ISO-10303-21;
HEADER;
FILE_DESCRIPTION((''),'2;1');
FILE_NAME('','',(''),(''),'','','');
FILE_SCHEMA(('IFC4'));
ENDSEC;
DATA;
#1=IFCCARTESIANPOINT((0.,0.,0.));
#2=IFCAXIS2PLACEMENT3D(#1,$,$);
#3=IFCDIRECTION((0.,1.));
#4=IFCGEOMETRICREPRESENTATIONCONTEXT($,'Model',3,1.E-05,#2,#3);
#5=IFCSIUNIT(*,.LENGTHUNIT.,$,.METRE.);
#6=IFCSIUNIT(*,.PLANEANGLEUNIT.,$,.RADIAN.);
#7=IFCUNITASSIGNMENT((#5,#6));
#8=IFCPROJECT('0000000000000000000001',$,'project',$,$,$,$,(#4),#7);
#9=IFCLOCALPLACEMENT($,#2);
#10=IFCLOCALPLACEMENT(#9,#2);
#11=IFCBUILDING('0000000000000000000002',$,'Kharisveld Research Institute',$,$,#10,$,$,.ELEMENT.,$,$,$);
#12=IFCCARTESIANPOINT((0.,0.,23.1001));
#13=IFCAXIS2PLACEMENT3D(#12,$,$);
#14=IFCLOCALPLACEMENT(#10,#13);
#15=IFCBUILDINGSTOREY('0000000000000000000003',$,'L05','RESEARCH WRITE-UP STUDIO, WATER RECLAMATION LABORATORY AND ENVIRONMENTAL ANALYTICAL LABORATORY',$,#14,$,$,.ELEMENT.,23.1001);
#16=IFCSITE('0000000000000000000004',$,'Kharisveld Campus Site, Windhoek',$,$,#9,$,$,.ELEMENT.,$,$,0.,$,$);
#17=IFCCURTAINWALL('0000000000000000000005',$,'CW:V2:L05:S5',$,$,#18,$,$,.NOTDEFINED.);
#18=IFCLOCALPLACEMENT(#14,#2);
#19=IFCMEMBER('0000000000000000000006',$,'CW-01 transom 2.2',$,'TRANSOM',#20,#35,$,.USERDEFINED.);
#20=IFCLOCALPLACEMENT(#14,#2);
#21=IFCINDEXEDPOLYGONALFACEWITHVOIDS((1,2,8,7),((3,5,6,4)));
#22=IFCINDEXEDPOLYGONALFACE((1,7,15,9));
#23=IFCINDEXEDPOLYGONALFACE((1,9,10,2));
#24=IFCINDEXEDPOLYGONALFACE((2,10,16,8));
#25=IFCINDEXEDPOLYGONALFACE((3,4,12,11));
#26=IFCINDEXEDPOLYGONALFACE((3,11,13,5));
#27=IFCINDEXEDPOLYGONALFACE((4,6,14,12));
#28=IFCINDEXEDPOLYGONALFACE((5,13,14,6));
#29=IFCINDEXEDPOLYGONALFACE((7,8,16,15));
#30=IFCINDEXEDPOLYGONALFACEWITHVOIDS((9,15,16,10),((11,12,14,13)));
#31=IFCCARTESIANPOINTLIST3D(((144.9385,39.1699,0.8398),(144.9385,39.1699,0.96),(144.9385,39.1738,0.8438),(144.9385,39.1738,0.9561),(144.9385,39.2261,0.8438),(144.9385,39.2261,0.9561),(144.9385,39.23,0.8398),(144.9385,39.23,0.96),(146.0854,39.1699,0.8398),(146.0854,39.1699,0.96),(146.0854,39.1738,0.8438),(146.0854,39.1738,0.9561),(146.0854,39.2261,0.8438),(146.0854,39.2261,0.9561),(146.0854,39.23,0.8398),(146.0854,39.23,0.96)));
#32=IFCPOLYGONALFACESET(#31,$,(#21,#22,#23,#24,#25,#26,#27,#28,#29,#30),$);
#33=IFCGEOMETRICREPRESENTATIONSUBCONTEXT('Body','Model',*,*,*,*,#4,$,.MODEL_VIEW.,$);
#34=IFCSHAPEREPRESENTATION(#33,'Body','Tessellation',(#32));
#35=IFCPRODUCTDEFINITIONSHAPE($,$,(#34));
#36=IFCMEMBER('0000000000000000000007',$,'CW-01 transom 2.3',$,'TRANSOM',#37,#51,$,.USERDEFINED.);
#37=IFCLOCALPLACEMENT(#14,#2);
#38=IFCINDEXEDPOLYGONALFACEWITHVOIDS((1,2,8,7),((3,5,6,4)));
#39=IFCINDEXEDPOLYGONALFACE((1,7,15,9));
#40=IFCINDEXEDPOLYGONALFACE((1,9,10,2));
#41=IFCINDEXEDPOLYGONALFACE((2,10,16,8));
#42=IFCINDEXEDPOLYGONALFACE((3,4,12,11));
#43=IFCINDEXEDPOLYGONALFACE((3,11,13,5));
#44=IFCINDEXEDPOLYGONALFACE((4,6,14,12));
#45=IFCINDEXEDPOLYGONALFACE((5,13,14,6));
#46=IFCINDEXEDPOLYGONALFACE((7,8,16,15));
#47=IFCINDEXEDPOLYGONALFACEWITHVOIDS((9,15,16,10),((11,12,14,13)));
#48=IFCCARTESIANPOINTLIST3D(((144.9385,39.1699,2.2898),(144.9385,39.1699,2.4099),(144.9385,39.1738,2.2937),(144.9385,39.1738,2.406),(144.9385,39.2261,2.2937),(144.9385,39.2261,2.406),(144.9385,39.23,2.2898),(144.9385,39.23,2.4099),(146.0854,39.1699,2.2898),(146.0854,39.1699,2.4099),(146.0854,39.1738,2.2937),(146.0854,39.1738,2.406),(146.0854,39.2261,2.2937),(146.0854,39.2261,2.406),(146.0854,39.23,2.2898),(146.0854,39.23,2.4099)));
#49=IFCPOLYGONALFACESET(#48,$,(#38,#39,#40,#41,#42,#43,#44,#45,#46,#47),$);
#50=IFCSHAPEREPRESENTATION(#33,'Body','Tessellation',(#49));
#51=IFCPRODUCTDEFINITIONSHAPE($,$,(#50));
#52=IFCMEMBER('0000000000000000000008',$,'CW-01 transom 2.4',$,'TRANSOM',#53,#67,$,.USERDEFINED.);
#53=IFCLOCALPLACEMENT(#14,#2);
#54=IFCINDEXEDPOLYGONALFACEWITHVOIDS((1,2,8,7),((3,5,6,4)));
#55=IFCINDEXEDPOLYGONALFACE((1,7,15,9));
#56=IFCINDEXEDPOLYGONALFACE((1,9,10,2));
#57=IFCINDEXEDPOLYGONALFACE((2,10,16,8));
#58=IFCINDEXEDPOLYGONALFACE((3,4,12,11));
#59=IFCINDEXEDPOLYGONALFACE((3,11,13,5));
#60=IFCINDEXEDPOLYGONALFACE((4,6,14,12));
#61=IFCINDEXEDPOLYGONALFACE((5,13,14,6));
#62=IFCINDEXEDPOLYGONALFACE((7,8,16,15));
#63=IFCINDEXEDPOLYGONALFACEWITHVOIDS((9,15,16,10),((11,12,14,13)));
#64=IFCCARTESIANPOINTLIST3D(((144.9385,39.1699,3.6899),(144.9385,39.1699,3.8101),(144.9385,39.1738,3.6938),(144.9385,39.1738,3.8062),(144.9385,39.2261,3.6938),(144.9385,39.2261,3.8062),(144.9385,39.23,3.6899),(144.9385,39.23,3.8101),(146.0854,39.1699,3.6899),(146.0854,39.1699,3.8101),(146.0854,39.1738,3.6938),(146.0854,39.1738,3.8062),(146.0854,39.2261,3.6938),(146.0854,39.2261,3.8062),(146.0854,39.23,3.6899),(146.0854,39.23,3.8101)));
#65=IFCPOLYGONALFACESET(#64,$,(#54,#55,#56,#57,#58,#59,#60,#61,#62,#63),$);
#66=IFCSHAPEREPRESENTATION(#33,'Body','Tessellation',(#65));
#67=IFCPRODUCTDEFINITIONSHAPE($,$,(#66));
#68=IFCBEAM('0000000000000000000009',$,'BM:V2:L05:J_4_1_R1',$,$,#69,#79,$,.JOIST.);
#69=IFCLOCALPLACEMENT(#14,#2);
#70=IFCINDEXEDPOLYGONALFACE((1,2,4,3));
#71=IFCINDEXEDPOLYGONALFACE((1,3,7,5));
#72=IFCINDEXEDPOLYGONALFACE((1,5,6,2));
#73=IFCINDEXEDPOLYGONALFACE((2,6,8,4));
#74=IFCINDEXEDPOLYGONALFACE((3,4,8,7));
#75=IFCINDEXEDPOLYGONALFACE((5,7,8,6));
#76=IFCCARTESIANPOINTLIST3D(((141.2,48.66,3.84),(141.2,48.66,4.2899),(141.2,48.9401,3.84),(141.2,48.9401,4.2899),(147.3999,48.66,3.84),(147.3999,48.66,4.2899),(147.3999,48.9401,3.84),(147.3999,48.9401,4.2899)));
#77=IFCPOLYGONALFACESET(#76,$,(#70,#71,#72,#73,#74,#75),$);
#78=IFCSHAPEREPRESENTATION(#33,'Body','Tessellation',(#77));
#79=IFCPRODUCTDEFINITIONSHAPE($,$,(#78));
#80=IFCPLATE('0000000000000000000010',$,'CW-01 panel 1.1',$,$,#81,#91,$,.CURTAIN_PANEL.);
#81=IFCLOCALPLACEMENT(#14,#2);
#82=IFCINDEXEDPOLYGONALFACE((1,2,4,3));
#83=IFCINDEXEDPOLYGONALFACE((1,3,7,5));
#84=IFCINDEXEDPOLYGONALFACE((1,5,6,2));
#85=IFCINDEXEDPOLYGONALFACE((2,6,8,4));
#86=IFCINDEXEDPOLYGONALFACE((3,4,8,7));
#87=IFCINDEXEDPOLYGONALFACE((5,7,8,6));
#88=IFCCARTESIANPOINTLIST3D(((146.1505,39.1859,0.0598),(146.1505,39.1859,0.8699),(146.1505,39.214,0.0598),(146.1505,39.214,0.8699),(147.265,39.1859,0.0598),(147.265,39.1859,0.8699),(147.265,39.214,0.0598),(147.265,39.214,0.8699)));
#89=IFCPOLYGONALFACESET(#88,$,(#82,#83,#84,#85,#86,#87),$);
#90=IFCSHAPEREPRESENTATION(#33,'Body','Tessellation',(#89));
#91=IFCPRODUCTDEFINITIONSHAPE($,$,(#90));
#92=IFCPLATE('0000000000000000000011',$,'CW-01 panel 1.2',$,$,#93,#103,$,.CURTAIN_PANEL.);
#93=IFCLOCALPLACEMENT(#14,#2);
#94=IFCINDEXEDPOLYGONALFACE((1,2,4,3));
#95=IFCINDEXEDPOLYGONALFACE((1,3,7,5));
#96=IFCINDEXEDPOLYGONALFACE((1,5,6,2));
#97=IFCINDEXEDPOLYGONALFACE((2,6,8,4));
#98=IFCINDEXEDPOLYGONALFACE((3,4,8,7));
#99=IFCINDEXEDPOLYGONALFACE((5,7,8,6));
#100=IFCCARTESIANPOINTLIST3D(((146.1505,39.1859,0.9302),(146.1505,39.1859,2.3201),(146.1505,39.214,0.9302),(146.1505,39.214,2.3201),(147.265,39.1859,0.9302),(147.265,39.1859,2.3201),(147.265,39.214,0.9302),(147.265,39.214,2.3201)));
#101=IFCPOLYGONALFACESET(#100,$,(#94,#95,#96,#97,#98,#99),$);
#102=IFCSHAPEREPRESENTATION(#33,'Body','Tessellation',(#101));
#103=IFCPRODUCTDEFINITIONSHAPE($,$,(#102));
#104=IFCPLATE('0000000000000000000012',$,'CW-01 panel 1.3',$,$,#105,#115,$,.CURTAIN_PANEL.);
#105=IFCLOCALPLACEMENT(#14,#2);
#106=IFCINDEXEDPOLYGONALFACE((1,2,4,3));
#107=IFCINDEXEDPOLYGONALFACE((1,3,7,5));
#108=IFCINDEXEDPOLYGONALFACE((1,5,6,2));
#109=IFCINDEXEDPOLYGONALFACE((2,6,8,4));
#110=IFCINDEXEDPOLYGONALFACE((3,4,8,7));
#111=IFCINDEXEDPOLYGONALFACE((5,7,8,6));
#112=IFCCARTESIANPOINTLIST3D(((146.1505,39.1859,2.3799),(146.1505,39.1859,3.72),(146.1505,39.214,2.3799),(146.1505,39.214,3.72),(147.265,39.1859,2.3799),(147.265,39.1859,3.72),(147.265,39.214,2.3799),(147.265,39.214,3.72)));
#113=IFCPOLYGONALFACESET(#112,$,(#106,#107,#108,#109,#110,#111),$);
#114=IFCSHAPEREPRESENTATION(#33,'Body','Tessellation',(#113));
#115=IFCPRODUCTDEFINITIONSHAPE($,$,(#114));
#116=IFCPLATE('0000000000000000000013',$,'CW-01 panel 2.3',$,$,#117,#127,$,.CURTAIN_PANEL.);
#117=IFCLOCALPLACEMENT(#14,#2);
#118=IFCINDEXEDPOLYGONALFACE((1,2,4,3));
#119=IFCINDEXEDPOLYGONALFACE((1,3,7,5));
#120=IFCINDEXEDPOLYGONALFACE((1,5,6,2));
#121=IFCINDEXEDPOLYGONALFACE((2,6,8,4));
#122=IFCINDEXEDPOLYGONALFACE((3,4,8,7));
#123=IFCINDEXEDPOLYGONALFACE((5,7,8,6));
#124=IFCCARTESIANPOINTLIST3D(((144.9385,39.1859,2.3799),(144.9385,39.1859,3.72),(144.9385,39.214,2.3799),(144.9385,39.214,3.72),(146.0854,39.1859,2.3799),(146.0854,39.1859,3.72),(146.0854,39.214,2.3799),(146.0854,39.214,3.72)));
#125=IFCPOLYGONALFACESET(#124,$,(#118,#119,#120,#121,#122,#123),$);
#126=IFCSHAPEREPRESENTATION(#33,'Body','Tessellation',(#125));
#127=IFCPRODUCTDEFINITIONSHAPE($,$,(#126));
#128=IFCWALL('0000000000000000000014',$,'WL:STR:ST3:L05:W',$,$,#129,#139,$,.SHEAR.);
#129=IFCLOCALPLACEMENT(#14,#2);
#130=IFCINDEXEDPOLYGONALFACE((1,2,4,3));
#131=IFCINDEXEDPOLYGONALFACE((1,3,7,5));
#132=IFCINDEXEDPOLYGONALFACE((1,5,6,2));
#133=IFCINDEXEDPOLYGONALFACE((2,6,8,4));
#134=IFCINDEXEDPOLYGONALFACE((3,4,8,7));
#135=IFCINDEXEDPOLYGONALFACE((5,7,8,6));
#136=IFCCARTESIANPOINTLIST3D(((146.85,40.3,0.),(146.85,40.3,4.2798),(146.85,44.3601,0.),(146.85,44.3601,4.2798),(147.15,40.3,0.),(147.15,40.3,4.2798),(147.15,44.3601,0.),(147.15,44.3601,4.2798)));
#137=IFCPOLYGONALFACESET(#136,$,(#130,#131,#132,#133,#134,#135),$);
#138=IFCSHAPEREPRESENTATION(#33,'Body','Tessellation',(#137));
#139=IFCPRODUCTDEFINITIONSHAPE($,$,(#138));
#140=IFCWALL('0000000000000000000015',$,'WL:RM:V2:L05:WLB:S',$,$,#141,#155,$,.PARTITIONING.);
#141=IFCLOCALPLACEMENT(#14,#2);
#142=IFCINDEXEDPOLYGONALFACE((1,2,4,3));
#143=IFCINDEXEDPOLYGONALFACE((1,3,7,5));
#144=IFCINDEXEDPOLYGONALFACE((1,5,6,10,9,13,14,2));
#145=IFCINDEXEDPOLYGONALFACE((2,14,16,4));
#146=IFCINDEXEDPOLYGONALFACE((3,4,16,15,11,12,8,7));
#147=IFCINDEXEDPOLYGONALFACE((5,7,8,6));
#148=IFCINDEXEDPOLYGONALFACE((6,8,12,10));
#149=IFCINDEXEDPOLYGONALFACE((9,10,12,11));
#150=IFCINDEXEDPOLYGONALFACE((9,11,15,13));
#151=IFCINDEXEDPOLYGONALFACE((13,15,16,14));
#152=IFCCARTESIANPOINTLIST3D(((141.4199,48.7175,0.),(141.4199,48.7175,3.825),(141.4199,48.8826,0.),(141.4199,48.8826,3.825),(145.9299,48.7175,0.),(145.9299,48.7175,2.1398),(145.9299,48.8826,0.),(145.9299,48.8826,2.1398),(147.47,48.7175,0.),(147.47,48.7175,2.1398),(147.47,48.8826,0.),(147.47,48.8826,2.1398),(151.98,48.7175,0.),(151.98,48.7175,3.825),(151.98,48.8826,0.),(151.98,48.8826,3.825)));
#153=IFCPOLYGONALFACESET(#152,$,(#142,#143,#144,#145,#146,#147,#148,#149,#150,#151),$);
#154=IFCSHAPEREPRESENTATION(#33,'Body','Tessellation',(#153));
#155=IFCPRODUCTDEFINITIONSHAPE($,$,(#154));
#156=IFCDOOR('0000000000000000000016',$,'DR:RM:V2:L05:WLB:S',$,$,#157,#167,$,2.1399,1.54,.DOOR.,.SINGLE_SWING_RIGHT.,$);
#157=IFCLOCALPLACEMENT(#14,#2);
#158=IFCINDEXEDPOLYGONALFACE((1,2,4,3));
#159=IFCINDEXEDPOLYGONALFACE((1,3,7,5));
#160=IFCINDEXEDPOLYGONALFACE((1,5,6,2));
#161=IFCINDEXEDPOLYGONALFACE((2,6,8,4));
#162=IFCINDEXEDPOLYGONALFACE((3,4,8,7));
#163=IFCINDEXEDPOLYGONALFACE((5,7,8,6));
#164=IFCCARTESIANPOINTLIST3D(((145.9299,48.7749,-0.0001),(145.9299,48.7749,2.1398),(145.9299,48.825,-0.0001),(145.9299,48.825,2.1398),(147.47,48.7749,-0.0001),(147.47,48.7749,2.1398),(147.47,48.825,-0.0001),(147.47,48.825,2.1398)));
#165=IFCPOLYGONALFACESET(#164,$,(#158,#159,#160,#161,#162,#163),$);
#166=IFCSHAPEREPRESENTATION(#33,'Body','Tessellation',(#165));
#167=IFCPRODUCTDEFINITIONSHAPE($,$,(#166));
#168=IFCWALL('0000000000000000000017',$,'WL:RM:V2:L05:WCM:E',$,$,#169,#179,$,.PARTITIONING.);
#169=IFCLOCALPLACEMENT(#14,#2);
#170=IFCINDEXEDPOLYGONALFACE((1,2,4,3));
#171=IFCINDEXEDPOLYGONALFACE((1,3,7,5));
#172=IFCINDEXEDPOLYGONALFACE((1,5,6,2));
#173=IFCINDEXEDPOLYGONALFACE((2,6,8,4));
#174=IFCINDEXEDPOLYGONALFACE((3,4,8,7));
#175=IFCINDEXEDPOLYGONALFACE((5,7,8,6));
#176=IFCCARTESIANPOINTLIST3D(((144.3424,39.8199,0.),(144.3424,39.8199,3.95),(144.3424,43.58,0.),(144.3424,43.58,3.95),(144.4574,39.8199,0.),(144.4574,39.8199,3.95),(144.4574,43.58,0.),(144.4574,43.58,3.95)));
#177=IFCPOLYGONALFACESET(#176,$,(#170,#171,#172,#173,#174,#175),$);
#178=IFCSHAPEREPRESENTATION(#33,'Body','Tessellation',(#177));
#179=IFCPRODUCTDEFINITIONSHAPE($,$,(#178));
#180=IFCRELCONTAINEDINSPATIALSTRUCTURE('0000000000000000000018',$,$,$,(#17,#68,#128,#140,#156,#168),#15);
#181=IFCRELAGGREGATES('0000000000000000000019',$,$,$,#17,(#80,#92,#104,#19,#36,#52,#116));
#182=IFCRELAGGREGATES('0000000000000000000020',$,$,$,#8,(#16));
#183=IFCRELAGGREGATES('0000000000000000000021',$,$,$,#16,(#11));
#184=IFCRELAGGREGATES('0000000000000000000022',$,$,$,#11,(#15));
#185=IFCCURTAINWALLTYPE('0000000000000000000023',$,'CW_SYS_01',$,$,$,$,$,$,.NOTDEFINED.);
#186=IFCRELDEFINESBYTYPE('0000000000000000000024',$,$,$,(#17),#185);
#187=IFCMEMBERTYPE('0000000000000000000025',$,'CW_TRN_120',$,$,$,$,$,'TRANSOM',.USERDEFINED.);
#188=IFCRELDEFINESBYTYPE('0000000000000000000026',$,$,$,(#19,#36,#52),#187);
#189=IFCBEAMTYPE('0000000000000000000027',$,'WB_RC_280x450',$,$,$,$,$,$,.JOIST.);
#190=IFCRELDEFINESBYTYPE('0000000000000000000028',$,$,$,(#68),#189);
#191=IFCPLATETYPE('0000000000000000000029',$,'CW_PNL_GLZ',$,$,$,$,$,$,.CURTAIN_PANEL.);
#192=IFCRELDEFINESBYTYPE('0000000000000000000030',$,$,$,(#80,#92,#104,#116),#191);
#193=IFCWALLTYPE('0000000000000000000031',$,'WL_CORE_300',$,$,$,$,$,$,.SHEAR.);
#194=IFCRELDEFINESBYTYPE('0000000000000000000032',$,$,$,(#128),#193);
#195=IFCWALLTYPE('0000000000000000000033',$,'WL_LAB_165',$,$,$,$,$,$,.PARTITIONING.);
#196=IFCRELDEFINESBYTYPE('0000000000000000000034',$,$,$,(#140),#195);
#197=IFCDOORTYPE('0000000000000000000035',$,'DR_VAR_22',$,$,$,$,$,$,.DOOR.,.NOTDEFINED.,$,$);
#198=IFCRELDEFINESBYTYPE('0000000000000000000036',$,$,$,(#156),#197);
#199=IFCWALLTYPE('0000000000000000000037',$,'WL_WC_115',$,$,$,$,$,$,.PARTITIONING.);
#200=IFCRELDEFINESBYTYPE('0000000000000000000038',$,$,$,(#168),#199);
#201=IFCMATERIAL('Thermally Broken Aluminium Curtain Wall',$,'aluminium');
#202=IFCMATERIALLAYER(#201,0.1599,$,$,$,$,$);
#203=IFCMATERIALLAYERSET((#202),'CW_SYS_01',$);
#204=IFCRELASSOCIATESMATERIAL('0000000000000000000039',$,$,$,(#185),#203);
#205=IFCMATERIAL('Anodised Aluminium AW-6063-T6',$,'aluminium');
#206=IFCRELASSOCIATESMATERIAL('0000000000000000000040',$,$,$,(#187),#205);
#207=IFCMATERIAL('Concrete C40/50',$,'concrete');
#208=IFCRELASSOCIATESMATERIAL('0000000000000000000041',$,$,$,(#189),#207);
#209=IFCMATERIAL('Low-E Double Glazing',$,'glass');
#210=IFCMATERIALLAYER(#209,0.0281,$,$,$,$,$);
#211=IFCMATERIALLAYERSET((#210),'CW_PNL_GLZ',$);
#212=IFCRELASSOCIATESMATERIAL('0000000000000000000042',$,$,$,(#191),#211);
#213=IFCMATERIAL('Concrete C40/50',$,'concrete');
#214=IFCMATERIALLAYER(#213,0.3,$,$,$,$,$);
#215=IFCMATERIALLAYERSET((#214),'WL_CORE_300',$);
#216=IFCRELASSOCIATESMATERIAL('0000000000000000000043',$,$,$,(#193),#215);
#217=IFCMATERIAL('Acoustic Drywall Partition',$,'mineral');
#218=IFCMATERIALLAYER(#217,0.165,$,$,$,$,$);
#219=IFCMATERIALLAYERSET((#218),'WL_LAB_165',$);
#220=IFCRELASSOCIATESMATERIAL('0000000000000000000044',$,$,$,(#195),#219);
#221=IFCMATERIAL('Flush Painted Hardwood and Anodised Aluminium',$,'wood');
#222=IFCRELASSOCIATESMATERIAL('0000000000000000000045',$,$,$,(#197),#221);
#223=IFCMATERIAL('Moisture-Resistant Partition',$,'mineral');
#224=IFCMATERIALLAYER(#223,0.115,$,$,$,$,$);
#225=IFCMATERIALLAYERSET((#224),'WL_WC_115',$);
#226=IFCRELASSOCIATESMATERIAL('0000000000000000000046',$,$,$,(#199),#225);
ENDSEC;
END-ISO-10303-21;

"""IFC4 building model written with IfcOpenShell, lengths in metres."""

from ifc_helpers import new_model, si_unit, direction, frame, frame_2d, origin, origin_2d, place, context, subcontext, project, spatial, rectangle, hollow_rectangle, extrude, material, layer, layer_set, material_profile, profile_set, type_object, element, fill, aggregate, save


model = new_model("IFC4")

# Units and contexts
model_context = context("Model", 3, precision=1e-05, world=origin(), true_north=direction((0.0, 1.0)))
body_context = subcontext(model_context, "Body", "Model", "MODEL_VIEW")
ifc_project = project(units=[si_unit("LENGTHUNIT", "METRE"), si_unit("PLANEANGLEUNIT", "RADIAN")], contexts=[model_context])

# Site, building, storey
site_placement = place(None, origin())
site = spatial("IfcSite", under=ifc_project, at=site_placement, Name="Kharisveld Campus Site, Windhoek", CompositionType="ELEMENT", RefElevation=0.0)
building_placement = place(site_placement, origin())
building = spatial("IfcBuilding", under=site, at=building_placement, Name="Kharisveld Research Institute", CompositionType="ELEMENT")
storey_placement = place(building_placement, frame((0.0, 0.0, 23.1001)))
storey = spatial("IfcBuildingStorey", under=building, at=storey_placement, Name="L05", Description="RESEARCH WRITE-UP STUDIO, WATER RECLAMATION LABORATORY AND ENVIRONMENTAL ANALYTICAL LABORATORY", CompositionType="ELEMENT", Elevation=23.1001)

# Curtain wall, members
ifc_material_1 = material(Name="Thermally Broken Aluminium Curtain Wall", Category="aluminium")
ifc_layer_1 = layer(ifc_material_1, 0.1599)
ifc_layer_set_1 = layer_set([ifc_layer_1], Name="CW_SYS_01")
curtain_wall_type = type_object("IfcCurtainWallType", Name="CW_SYS_01", PredefinedType="NOTDEFINED", material=ifc_layer_set_1)
curtain_wall_placement = place(storey_placement, origin())
curtain_wall = element("IfcCurtainWall", 1, at=curtain_wall_placement, inside=storey, type_object=curtain_wall_type, Name="CW:V2:L05:S5", PredefinedType="NOTDEFINED")
ifc_material_2 = material(Name="Anodised Aluminium AW-6063-T6", Category="aluminium")
ifc_material_profile_1 = material_profile(ifc_material_2, hollow_rectangle(XDim=0.0601, YDim=0.1201, WallThickness=0.0039, at=origin_2d()))
ifc_profile_set_1 = profile_set([ifc_material_profile_1], Name="Anodised Aluminium AW-6063-T6")
member_type_1 = type_object("IfcMemberType", Name="CW_TRN_120", ElementType="TRANSOM", PredefinedType="USERDEFINED", material=ifc_profile_set_1)
member_1_placement = place(storey_placement, frame((146.0854, 39.2, 0.8999), z_axis=(-1.0, 0.0, 0.0), x_axis=(0.0, -1.0, 0.0)))
member_1 = element("IfcMember", 2, at=member_1_placement, type_object=member_type_1, Name="CW-01 transom 2.2", ObjectType="TRANSOM", PredefinedType="USERDEFINED", context=body_context, shape_type="SweptSolid", body=[
    extrude(hollow_rectangle(XDim=0.0601, YDim=0.1201, WallThickness=0.0039, at=origin_2d()), origin(), (0.0, 0.0, 1.0), 1.147),
])
member_2_placement = place(storey_placement, frame((146.0854, 39.2, 2.3499), z_axis=(-1.0, 0.0, 0.0), x_axis=(0.0, -1.0, 0.0)))
member_2 = element("IfcMember", 3, at=member_2_placement, type_object=member_type_1, Name="CW-01 transom 2.3", ObjectType="TRANSOM", PredefinedType="USERDEFINED", context=body_context, shape_type="SweptSolid", body=[
    extrude(hollow_rectangle(XDim=0.0601, YDim=0.1201, WallThickness=0.0039, at=origin_2d()), origin(), (0.0, 0.0, 1.0), 1.147),
])
member_3_placement = place(storey_placement, frame((146.0854, 39.2, 3.75), z_axis=(-1.0, 0.0, 0.0), x_axis=(0.0, -1.0, 0.0)))
member_3 = element("IfcMember", 4, at=member_3_placement, type_object=member_type_1, Name="CW-01 transom 2.4", ObjectType="TRANSOM", PredefinedType="USERDEFINED", context=body_context, shape_type="SweptSolid", body=[
    extrude(hollow_rectangle(XDim=0.0601, YDim=0.1201, WallThickness=0.0039, at=origin_2d()), origin(), (0.0, 0.0, 1.0), 1.147),
])

# Beam
ifc_material_3 = material(Name="Concrete C40/50", Category="concrete")
ifc_material_profile_2 = material_profile(ifc_material_3, rectangle(XDim=0.28, YDim=0.45, at=origin_2d()))
ifc_profile_set_2 = profile_set([ifc_material_profile_2], Name="Concrete C40/50")
beam_type_1 = type_object("IfcBeamType", Name="WB_RC_280x450", PredefinedType="JOIST", material=ifc_profile_set_2)
beam_1_placement = place(storey_placement, frame((141.2, 48.8, 4.0649), z_axis=(1.0, 0.0, 0.0), x_axis=(0.0, 1.0, 0.0)))
element("IfcBeam", 5, at=beam_1_placement, inside=storey, type_object=beam_type_1, Name="BM:V2:L05:J_4_1_R1", PredefinedType="JOIST", context=body_context, shape_type="SweptSolid", body=[
    extrude(rectangle(XDim=0.28, YDim=0.45, at=origin_2d()), origin(), (0.0, 0.0, 1.0), 6.2),
])

# Plates
ifc_material_4 = material(Name="Low-E Double Glazing", Category="glass")
ifc_layer_2 = layer(ifc_material_4, 0.0281)
ifc_layer_set_2 = layer_set([ifc_layer_2], Name="CW_PNL_GLZ")
plate_type = type_object("IfcPlateType", Name="CW_PNL_GLZ", PredefinedType="CURTAIN_PANEL", material=ifc_layer_set_2)
plate_1_placement = place(storey_placement, frame((146.7078, 39.2, 0.0598), z_axis=(0.0, 0.0, 1.0), x_axis=(-1.0, 0.0, 0.0)))
plate_1 = element("IfcPlate", 6, at=plate_1_placement, type_object=plate_type, Name="CW-01 panel 1.1", PredefinedType="CURTAIN_PANEL", context=body_context, shape_type="SweptSolid", body=[
    extrude(rectangle(XDim=1.1145, YDim=0.0281, at=origin_2d()), origin(), (0.0, 0.0, 1.0), 0.8101),
])
plate_2_placement = place(storey_placement, frame((146.7078, 39.2, 0.9302), z_axis=(0.0, 0.0, 1.0), x_axis=(-1.0, 0.0, 0.0)))
plate_2 = element("IfcPlate", 7, at=plate_2_placement, type_object=plate_type, Name="CW-01 panel 1.2", PredefinedType="CURTAIN_PANEL", context=body_context, shape_type="SweptSolid", body=[
    extrude(rectangle(XDim=1.1145, YDim=0.0281, at=origin_2d()), origin(), (0.0, 0.0, 1.0), 1.3899),
])
plate_3_placement = place(storey_placement, frame((146.7078, 39.2, 2.3799), z_axis=(0.0, 0.0, 1.0), x_axis=(-1.0, 0.0, 0.0)))
plate_3 = element("IfcPlate", 8, at=plate_3_placement, type_object=plate_type, Name="CW-01 panel 1.3", PredefinedType="CURTAIN_PANEL", context=body_context, shape_type="SweptSolid", body=[
    extrude(rectangle(XDim=1.1145, YDim=0.0281, at=origin_2d()), origin(), (0.0, 0.0, 1.0), 1.3401),
])
plate_4_placement = place(storey_placement, frame((145.512, 39.2, 2.3799), z_axis=(0.0, 0.0, 1.0), x_axis=(-1.0, 0.0, 0.0)))
plate_4 = element("IfcPlate", 9, at=plate_4_placement, type_object=plate_type, Name="CW-01 panel 2.3", PredefinedType="CURTAIN_PANEL", context=body_context, shape_type="SweptSolid", body=[
    extrude(rectangle(XDim=1.147, YDim=0.0281, at=origin_2d()), origin(), (0.0, 0.0, 1.0), 1.3401),
])
aggregate(curtain_wall, [plate_1, plate_2, plate_3, member_1, member_2, member_3, plate_4])

# Wall
ifc_material_5 = material(Name="Concrete C40/50", Category="concrete")
ifc_layer_3 = layer(ifc_material_5, 0.3)
ifc_layer_set_3 = layer_set([ifc_layer_3], Name="WL_CORE_300")
wall_type_1 = type_object("IfcWallType", Name="WL_CORE_300", PredefinedType="SHEAR", material=ifc_layer_set_3)
wall_1_placement = place(storey_placement, frame((147.0, 40.3, 0.0), z_axis=(0.0, 0.0, 1.0), x_axis=(0.0, 1.0, 0.0)))
element("IfcWall", 10, at=wall_1_placement, inside=storey, type_object=wall_type_1, Name="WL:STR:ST3:L05:W", PredefinedType="SHEAR", context=body_context, shape_type="SweptSolid", body=[
    extrude(rectangle(XDim=4.0601, YDim=0.3, at=frame_2d((2.03, 0.0))), origin(), (0.0, 0.0, 1.0), 4.2798),
])

# Wall, opening, door
ifc_material_6 = material(Name="Acoustic Drywall Partition", Category="mineral")
ifc_layer_4 = layer(ifc_material_6, 0.165)
ifc_layer_set_4 = layer_set([ifc_layer_4], Name="WL_LAB_165")
wall_type_2 = type_object("IfcWallType", Name="WL_LAB_165", PredefinedType="PARTITIONING", material=ifc_layer_set_4)
wall_2_placement = place(storey_placement, frame((141.4199, 48.8, 0.0), z_axis=(0.0, 0.0, 1.0), x_axis=(1.0, 0.0, 0.0)))
wall_2 = element("IfcWall", 11, at=wall_2_placement, inside=storey, type_object=wall_type_2, Name="WL:RM:V2:L05:WLB:S", PredefinedType="PARTITIONING", context=body_context, shape_type="SweptSolid", body=[
    extrude(rectangle(XDim=10.5601, YDim=0.165, at=frame_2d((5.28, 0.0))), origin(), (0.0, 0.0, 1.0), 3.825),
])
opening_1_placement = place(wall_2_placement, frame((4.51, 0.0, 0.0)))
opening_1 = element("IfcOpeningElement", 12, at=opening_1_placement, cuts=wall_2, PredefinedType="OPENING", context=body_context, shape_type="SweptSolid", body=[
    extrude(rectangle(XDim=1.54, YDim=2.1399, at=frame_2d((0.77, 1.0698))), frame((0.0, 0.0825, 0.0), z_axis=(0.0, -1.0, 0.0), x_axis=(1.0, 0.0, 0.0)), (0.0, 0.0, 1.0), 0.165),
])
ifc_material_7 = material(Name="Flush Painted Hardwood and Anodised Aluminium", Category="wood")
door_type_1 = type_object("IfcDoorType", Name="DR_VAR_22", OperationType="NOTDEFINED", PredefinedType="DOOR", material=ifc_material_7)
door_1_placement = place(opening_1_placement, origin())
door_1 = element("IfcDoor", 13, at=door_1_placement, inside=storey, type_object=door_type_1, Name="DR:RM:V2:L05:WLB:S", OperationType="SINGLE_SWING_RIGHT", OverallHeight=2.1399, OverallWidth=1.54, PredefinedType="DOOR", context=body_context, shape_type="SweptSolid", body=[
    extrude(rectangle(XDim=1.54, YDim=2.1399, at=frame_2d((0.77, 1.0698))), frame((0.0, 0.0249, 0.0), z_axis=(0.0, -1.0, 0.0), x_axis=(1.0, 0.0, 0.0)), (0.0, 0.0, 1.0), 0.05),
])
fill(opening_1, door_1)

# Wall
ifc_material_8 = material(Name="Moisture-Resistant Partition", Category="mineral")
ifc_layer_5 = layer(ifc_material_8, 0.115)
ifc_layer_set_5 = layer_set([ifc_layer_5], Name="WL_WC_115")
wall_type_3 = type_object("IfcWallType", Name="WL_WC_115", PredefinedType="PARTITIONING", material=ifc_layer_set_5)
wall_3_placement = place(storey_placement, frame((144.3999, 39.8201, 0.0), z_axis=(0.0, 0.0, 1.0), x_axis=(0.0, 1.0, 0.0)))
element("IfcWall", 14, at=wall_3_placement, inside=storey, type_object=wall_type_3, Name="WL:RM:V2:L05:WCM:E", PredefinedType="PARTITIONING", context=body_context, shape_type="SweptSolid", body=[
    extrude(rectangle(XDim=3.76, YDim=0.115, at=frame_2d((1.8799, 0.0))), origin(), (0.0, 0.0, 1.0), 3.95),
])

save(model, "model.ifc")
